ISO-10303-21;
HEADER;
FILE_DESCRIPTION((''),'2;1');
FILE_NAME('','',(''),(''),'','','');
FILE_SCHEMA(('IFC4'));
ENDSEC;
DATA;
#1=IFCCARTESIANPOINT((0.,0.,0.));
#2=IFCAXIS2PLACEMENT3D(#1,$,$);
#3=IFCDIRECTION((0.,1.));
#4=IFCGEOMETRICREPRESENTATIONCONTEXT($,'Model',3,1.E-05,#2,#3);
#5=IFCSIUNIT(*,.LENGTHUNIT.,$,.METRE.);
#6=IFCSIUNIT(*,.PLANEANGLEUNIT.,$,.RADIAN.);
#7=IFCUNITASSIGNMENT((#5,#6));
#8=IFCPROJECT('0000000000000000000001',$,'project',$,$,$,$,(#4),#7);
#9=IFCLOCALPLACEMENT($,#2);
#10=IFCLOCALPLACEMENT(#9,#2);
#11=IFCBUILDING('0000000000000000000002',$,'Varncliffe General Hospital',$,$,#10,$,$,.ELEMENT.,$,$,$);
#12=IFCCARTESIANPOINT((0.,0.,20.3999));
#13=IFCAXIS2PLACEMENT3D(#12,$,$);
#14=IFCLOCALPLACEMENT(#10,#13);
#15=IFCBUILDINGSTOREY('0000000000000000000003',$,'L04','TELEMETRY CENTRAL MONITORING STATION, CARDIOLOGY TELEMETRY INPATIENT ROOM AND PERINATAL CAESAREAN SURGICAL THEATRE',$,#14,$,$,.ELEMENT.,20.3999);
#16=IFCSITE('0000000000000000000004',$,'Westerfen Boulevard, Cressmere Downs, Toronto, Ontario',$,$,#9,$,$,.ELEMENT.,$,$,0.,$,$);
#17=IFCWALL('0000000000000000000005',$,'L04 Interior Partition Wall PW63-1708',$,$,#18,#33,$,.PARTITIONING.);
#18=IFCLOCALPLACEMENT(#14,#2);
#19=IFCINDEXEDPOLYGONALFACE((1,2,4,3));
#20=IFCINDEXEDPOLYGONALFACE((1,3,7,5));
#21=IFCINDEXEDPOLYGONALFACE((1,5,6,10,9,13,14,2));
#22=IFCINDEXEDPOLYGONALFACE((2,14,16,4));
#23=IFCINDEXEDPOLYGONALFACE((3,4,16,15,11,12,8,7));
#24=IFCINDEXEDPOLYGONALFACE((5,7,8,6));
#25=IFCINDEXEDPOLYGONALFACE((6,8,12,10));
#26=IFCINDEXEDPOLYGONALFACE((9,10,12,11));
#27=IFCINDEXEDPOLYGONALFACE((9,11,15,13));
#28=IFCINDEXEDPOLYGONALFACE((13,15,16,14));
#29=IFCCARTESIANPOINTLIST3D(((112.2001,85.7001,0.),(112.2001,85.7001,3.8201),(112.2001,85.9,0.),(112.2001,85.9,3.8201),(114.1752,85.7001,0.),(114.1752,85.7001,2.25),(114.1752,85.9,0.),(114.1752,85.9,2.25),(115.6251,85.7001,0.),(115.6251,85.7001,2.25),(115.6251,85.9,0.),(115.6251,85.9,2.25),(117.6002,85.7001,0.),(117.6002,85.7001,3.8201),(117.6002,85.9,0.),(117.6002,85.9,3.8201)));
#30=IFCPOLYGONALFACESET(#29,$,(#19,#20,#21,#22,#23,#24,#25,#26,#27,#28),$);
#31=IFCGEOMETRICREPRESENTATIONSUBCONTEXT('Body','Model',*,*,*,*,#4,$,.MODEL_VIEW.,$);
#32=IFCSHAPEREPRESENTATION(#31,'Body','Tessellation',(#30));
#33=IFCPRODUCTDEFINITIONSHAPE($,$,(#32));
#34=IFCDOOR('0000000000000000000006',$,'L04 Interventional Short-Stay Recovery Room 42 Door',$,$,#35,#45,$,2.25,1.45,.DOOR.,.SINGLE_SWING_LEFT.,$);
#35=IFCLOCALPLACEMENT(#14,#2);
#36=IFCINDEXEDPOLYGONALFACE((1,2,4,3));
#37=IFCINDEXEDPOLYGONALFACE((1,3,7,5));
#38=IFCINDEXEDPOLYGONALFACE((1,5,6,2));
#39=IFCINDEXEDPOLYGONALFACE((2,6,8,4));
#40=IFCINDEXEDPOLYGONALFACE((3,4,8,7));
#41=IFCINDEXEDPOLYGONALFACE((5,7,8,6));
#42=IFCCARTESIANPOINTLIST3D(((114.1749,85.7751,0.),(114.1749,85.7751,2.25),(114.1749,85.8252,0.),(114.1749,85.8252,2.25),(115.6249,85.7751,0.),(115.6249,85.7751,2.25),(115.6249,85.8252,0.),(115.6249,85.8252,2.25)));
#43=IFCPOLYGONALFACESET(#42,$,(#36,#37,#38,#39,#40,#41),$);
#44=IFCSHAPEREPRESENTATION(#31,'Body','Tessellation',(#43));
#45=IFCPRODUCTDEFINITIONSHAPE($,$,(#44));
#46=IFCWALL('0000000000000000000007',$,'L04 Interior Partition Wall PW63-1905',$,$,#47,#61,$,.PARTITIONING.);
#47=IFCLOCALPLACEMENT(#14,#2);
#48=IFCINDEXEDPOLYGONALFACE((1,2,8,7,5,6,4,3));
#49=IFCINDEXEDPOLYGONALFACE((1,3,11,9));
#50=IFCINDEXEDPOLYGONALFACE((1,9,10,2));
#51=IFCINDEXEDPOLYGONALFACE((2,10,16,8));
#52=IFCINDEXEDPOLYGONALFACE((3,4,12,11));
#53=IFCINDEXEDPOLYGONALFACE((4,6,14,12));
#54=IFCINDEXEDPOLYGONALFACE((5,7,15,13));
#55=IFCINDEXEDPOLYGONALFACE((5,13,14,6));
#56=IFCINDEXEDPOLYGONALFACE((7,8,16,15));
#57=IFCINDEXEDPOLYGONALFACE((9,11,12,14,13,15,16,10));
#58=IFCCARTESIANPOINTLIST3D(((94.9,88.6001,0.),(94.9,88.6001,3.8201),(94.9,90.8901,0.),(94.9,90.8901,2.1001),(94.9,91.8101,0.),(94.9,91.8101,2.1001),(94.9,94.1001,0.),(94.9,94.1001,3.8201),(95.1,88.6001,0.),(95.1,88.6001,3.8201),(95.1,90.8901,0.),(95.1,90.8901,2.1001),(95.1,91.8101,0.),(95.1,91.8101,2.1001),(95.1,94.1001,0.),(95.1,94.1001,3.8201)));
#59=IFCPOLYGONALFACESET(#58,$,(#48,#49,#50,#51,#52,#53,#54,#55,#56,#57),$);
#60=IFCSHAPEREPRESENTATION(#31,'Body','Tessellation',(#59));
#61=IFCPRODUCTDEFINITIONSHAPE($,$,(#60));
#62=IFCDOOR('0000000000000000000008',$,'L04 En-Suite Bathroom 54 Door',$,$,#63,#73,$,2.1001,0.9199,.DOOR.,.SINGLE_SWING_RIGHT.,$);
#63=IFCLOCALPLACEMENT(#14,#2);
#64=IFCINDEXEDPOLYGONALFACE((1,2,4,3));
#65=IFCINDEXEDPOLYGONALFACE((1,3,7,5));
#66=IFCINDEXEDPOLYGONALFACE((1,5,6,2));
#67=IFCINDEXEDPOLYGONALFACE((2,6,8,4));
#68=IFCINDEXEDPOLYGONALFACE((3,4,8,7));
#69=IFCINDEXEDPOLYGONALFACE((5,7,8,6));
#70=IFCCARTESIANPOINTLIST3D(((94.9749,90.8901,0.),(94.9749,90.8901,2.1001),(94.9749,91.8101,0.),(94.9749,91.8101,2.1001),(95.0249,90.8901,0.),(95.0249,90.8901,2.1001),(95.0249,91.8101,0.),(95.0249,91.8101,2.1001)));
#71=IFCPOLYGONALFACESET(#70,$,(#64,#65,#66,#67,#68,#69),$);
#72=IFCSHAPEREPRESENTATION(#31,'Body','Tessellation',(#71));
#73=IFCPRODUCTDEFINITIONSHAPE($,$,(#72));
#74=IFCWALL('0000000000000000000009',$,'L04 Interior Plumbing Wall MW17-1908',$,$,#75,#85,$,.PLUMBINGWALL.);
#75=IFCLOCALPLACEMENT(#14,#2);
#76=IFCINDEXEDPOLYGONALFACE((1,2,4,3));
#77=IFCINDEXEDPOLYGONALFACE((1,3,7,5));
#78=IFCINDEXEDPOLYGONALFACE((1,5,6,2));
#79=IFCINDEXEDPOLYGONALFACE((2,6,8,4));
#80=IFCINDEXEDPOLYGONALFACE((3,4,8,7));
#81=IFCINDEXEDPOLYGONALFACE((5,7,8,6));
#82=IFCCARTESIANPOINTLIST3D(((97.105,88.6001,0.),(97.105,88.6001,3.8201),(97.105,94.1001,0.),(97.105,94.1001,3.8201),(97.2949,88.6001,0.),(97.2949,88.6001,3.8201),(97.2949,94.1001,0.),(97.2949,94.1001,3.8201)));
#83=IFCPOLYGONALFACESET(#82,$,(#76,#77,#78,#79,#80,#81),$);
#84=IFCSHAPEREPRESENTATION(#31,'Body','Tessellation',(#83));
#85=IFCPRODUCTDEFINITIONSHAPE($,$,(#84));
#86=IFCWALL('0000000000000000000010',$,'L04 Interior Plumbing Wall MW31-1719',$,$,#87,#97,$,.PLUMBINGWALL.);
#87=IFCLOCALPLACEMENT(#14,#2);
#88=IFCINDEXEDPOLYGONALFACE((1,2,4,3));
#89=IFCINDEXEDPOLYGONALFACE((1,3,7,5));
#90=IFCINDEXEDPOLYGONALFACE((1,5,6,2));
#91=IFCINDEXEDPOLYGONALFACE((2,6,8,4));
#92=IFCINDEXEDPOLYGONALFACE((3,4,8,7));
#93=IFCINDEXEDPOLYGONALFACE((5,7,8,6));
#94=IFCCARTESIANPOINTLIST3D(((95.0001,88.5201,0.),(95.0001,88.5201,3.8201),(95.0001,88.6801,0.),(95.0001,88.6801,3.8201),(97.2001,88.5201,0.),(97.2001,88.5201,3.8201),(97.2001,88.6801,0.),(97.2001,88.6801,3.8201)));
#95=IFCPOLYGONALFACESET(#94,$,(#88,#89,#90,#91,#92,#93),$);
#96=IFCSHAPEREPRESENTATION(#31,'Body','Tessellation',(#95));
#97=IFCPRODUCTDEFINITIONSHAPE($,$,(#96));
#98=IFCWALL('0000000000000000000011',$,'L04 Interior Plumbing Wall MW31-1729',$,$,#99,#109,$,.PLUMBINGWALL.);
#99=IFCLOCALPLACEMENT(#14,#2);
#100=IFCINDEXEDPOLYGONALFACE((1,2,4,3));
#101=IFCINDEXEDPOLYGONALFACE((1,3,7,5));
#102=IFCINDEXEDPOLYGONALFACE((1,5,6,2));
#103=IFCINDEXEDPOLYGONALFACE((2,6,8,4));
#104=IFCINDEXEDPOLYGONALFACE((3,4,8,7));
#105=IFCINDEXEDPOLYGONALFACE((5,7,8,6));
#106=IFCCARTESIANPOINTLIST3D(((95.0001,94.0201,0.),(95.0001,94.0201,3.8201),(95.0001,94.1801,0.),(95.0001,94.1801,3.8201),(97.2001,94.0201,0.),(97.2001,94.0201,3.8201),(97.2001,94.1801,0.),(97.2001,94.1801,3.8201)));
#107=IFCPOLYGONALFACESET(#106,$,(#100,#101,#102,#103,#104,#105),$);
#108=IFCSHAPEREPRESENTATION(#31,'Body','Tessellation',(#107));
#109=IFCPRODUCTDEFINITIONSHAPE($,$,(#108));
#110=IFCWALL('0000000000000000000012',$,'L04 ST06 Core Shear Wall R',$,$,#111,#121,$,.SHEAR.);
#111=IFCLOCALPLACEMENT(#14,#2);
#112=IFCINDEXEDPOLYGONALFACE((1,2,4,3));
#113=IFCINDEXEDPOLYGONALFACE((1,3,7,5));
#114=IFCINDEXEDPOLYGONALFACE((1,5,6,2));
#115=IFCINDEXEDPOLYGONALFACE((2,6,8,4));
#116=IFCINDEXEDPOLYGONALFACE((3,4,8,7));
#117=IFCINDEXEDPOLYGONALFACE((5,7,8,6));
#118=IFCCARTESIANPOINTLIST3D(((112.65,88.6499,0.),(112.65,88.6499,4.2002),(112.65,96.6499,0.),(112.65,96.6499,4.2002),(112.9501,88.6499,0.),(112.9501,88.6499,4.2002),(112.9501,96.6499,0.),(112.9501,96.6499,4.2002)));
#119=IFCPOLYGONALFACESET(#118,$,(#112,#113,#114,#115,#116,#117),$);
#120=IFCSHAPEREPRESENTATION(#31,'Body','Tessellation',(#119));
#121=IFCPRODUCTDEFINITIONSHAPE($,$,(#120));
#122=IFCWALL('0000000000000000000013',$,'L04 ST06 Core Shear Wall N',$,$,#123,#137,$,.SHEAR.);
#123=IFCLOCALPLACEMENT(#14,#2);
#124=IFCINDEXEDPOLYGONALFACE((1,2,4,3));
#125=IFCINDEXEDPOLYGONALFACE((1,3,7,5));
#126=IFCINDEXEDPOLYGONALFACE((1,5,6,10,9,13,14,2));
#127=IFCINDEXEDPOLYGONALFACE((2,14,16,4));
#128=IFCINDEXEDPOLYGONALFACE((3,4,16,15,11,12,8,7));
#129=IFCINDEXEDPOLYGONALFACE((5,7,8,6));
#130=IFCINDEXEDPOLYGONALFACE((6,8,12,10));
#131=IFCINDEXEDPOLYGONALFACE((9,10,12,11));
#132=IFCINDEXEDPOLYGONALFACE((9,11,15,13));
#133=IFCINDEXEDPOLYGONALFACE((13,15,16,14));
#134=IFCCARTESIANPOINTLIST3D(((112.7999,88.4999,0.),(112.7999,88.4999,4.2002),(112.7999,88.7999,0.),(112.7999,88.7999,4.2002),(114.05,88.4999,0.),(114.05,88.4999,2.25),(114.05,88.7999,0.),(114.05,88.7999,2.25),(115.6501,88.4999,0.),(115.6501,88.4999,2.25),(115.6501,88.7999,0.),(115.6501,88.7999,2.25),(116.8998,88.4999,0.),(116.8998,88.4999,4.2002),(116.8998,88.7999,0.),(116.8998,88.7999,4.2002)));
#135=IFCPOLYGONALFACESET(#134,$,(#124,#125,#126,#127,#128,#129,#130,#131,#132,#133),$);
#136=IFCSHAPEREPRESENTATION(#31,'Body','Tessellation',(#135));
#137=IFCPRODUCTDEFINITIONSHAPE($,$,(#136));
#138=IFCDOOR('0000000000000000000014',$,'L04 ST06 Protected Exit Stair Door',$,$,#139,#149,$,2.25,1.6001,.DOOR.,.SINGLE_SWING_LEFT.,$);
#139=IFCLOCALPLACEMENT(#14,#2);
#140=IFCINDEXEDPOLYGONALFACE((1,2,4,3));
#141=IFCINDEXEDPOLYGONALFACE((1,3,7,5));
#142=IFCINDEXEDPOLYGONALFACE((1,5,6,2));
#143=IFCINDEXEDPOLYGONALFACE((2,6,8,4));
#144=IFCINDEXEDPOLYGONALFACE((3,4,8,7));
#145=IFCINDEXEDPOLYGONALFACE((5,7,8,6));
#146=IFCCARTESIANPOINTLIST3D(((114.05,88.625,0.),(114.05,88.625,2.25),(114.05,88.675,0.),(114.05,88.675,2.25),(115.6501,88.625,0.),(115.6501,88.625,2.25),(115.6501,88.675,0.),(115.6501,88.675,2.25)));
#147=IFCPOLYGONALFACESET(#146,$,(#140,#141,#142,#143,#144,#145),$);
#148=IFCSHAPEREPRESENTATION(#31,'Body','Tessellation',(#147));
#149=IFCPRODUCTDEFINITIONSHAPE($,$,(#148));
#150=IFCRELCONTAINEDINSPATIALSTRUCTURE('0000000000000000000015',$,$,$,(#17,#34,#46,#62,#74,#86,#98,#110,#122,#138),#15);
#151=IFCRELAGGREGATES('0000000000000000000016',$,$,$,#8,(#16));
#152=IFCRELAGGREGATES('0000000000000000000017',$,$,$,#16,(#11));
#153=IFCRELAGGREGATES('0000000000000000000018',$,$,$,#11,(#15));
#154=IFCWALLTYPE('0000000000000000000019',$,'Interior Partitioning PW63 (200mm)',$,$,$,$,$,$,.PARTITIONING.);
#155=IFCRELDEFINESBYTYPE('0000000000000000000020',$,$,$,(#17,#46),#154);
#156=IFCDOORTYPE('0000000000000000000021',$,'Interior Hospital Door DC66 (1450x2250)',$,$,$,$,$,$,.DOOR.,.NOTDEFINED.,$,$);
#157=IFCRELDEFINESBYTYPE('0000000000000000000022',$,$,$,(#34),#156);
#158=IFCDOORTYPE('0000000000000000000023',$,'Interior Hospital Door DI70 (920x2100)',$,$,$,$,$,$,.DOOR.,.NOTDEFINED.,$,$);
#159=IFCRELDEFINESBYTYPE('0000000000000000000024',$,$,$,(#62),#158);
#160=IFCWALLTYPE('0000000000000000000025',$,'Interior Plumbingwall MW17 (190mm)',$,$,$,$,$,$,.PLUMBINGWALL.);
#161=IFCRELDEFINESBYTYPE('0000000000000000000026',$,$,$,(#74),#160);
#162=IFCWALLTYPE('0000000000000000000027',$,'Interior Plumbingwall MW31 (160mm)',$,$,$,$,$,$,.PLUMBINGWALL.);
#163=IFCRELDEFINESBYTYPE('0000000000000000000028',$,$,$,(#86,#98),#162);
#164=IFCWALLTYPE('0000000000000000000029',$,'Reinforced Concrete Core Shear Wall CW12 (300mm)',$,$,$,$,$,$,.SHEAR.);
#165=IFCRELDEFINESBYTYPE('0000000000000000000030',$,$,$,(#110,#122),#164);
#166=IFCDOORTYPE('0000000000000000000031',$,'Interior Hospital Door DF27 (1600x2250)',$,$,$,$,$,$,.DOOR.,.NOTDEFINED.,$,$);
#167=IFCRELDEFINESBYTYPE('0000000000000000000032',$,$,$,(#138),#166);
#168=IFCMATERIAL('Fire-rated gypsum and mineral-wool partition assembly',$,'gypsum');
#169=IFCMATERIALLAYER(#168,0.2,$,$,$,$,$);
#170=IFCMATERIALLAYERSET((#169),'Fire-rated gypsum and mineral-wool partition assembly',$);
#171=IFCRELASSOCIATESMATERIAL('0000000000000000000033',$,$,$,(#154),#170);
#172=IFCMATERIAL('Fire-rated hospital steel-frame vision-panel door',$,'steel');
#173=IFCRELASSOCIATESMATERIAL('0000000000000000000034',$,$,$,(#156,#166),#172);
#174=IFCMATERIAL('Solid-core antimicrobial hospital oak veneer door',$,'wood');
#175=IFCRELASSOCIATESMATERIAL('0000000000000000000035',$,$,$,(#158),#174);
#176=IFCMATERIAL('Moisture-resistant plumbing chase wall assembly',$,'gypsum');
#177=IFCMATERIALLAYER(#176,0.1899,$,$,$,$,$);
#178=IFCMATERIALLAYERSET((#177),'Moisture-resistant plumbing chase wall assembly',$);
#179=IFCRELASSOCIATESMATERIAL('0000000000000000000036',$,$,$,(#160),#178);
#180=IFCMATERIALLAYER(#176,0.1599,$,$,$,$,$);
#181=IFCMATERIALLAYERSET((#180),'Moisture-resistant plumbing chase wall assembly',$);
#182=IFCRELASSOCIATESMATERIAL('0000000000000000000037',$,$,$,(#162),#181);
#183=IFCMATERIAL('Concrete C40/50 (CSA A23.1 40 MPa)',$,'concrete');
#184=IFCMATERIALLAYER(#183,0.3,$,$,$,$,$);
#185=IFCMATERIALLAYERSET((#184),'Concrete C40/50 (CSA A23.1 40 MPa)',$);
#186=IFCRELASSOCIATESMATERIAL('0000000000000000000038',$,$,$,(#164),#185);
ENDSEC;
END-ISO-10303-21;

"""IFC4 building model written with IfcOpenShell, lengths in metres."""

from ifc_helpers import new_model, si_unit, direction, frame, frame_2d, origin, place, context, subcontext, project, spatial, rectangle, extrude, material, layer, layer_set, type_object, element, fill, save


model = new_model("IFC4")

# Units and contexts
model_context = context("Model", 3, precision=1e-05, world=origin(), true_north=direction((0.0, 1.0)))
body_context = subcontext(model_context, "Body", "Model", "MODEL_VIEW")
ifc_project = project(units=[si_unit("LENGTHUNIT", "METRE"), si_unit("PLANEANGLEUNIT", "RADIAN")], contexts=[model_context])

# Site, building, storey
site_placement = place(None, origin())
site = spatial("IfcSite", under=ifc_project, at=site_placement, Name="Westerfen Boulevard, Cressmere Downs, Toronto, Ontario", CompositionType="ELEMENT", RefElevation=0.0)
building_placement = place(site_placement, origin())
building = spatial("IfcBuilding", under=site, at=building_placement, Name="Varncliffe General Hospital", CompositionType="ELEMENT")
storey_placement = place(building_placement, frame((0.0, 0.0, 20.3999)))
storey = spatial("IfcBuildingStorey", under=building, at=storey_placement, Name="L04", Description="TELEMETRY CENTRAL MONITORING STATION, CARDIOLOGY TELEMETRY INPATIENT ROOM AND PERINATAL CAESAREAN SURGICAL THEATRE", CompositionType="ELEMENT", Elevation=20.3999)

# Shared definitions
ifc_material_1 = material(Name="Concrete C40/50 (CSA A23.1 40 MPa)", Category="concrete")

# Walls, openings, doors
ifc_material_2 = material(Name="Fire-rated gypsum and mineral-wool partition assembly", Category="gypsum")
ifc_layer_1 = layer(ifc_material_2, 0.2)
ifc_layer_set_1 = layer_set([ifc_layer_1], Name="Fire-rated gypsum and mineral-wool partition assembly")
wall_type_1 = type_object("IfcWallType", Name="Interior Partitioning PW63 (200mm)", PredefinedType="PARTITIONING", material=ifc_layer_set_1)
wall_1_placement = place(storey_placement, frame((112.2, 85.8, 0.0), z_axis=(0.0, 0.0, 1.0), x_axis=(1.0, 0.0, 0.0)))
wall_1 = element("IfcWall", 1, at=wall_1_placement, inside=storey, type_object=wall_type_1, Name="L04 Interior Partition Wall PW63-1708", PredefinedType="PARTITIONING", context=body_context, shape_type="SweptSolid", body=[
    extrude(rectangle(XDim=5.4001, YDim=0.2, at=frame_2d((2.7002, 0.0))), origin(), (0.0, 0.0, 1.0), 3.8201),
])
opening_1_placement = place(wall_1_placement, frame((1.9751, 0.0, 0.0)))
opening_1 = element("IfcOpeningElement", 2, at=opening_1_placement, cuts=wall_1, PredefinedType="OPENING", context=body_context, shape_type="SweptSolid", body=[
    extrude(rectangle(XDim=1.45, YDim=2.25, at=frame_2d((0.7251, 1.125))), frame((0.0, 0.1099, 0.0), z_axis=(0.0, -1.0, 0.0), x_axis=(1.0, 0.0, 0.0)), (0.0, 0.0, 1.0), 0.22),
])
ifc_material_3 = material(Name="Fire-rated hospital steel-frame vision-panel door", Category="steel")
door_type_1 = type_object("IfcDoorType", Name="Interior Hospital Door DC66 (1450x2250)", OperationType="NOTDEFINED", PredefinedType="DOOR", material=ifc_material_3)
door_1_placement = place(opening_1_placement, frame((1.45, 0.0, 0.0), z_axis=(0.0, 0.0, 1.0), x_axis=(-1.0, 0.0, 0.0)))
door_1 = element("IfcDoor", 3, at=door_1_placement, inside=storey, type_object=door_type_1, Name="L04 Interventional Short-Stay Recovery Room 42 Door", OperationType="SINGLE_SWING_LEFT", OverallHeight=2.25, OverallWidth=1.45, PredefinedType="DOOR", context=body_context, shape_type="SweptSolid", body=[
    extrude(rectangle(XDim=1.45, YDim=2.25, at=frame_2d((0.7251, 1.125))), frame((0.0, 0.0249, 0.0), z_axis=(0.0, -1.0, 0.0), x_axis=(1.0, 0.0, 0.0)), (0.0, 0.0, 1.0), 0.05),
])
fill(opening_1, door_1)
wall_2_placement = place(storey_placement, frame((95.0, 88.6001, 0.0), z_axis=(0.0, 0.0, 1.0), x_axis=(0.0, 1.0, 0.0)))
wall_2 = element("IfcWall", 4, at=wall_2_placement, inside=storey, type_object=wall_type_1, Name="L04 Interior Partition Wall PW63-1905", PredefinedType="PARTITIONING", context=body_context, shape_type="SweptSolid", body=[
    extrude(rectangle(XDim=5.5, YDim=0.2, at=frame_2d((2.75, 0.0))), origin(), (0.0, 0.0, 1.0), 3.8201),
])
opening_2_placement = place(wall_2_placement, frame((2.29, 0.0, 0.0)))
opening_2 = element("IfcOpeningElement", 5, at=opening_2_placement, cuts=wall_2, PredefinedType="OPENING", context=body_context, shape_type="SweptSolid", body=[
    extrude(rectangle(XDim=0.9199, YDim=2.1001, at=frame_2d((0.46, 1.05))), frame((0.0, 0.1099, 0.0), z_axis=(0.0, -1.0, 0.0), x_axis=(1.0, 0.0, 0.0)), (0.0, 0.0, 1.0), 0.22),
])
ifc_material_4 = material(Name="Solid-core antimicrobial hospital oak veneer door", Category="wood")
door_type_2 = type_object("IfcDoorType", Name="Interior Hospital Door DI70 (920x2100)", OperationType="NOTDEFINED", PredefinedType="DOOR", material=ifc_material_4)
door_2_placement = place(opening_2_placement, frame((0.9199, 0.0, 0.0), z_axis=(0.0, 0.0, 1.0), x_axis=(-1.0, 0.0, 0.0)))
door_2 = element("IfcDoor", 6, at=door_2_placement, inside=storey, type_object=door_type_2, Name="L04 En-Suite Bathroom 54 Door", OperationType="SINGLE_SWING_RIGHT", OverallHeight=2.1001, OverallWidth=0.9199, PredefinedType="DOOR", context=body_context, shape_type="SweptSolid", body=[
    extrude(rectangle(XDim=0.9199, YDim=2.1001, at=frame_2d((0.46, 1.05))), frame((0.0, 0.0249, 0.0), z_axis=(0.0, -1.0, 0.0), x_axis=(1.0, 0.0, 0.0)), (0.0, 0.0, 1.0), 0.05),
])
fill(opening_2, door_2)

# Walls
ifc_material_5 = material(Name="Moisture-resistant plumbing chase wall assembly", Category="gypsum")
ifc_layer_2 = layer(ifc_material_5, 0.1899)
ifc_layer_set_2 = layer_set([ifc_layer_2], Name="Moisture-resistant plumbing chase wall assembly")
wall_type_2 = type_object("IfcWallType", Name="Interior Plumbingwall MW17 (190mm)", PredefinedType="PLUMBINGWALL", material=ifc_layer_set_2)
wall_3_placement = place(storey_placement, frame((97.2, 88.6001, 0.0), z_axis=(0.0, 0.0, 1.0), x_axis=(0.0, 1.0, 0.0)))
element("IfcWall", 7, at=wall_3_placement, inside=storey, type_object=wall_type_2, Name="L04 Interior Plumbing Wall MW17-1908", PredefinedType="PLUMBINGWALL", context=body_context, shape_type="SweptSolid", body=[
    extrude(rectangle(XDim=5.5, YDim=0.1899, at=frame_2d((2.75, 0.0))), origin(), (0.0, 0.0, 1.0), 3.8201),
])
ifc_layer_3 = layer(ifc_material_5, 0.1599)
ifc_layer_set_3 = layer_set([ifc_layer_3], Name="Moisture-resistant plumbing chase wall assembly")
wall_type_3 = type_object("IfcWallType", Name="Interior Plumbingwall MW31 (160mm)", PredefinedType="PLUMBINGWALL", material=ifc_layer_set_3)
for number, where, z_axis, x_axis, name in (
    (8, (95.0, 88.6001, 0.0), (0.0, 0.0, 1.0), (1.0, 0.0, 0.0), "L04 Interior Plumbing Wall MW31-1719"),
    (9, (95.0, 94.1001, 0.0), (0.0, 0.0, 1.0), (1.0, 0.0, 0.0), "L04 Interior Plumbing Wall MW31-1729"),
):
    element("IfcWall", number, at=place(storey_placement, frame(where, z_axis=z_axis, x_axis=x_axis)), inside=storey, type_object=wall_type_3, Name=name, PredefinedType="PLUMBINGWALL", context=body_context, shape_type="SweptSolid", body=[
        extrude(rectangle(XDim=2.2, YDim=0.1599, at=frame_2d((1.1001, 0.0))), origin(), (0.0, 0.0, 1.0), 3.8201),
    ])
ifc_layer_4 = layer(ifc_material_1, 0.3)
ifc_layer_set_4 = layer_set([ifc_layer_4], Name="Concrete C40/50 (CSA A23.1 40 MPa)")
wall_type_4 = type_object("IfcWallType", Name="Reinforced Concrete Core Shear Wall CW12 (300mm)", PredefinedType="SHEAR", material=ifc_layer_set_4)
wall_4_placement = place(storey_placement, frame((112.8, 96.6499, 0.0), z_axis=(0.0, 0.0, 1.0), x_axis=(0.0, -1.0, 0.0)))
element("IfcWall", 10, at=wall_4_placement, inside=storey, type_object=wall_type_4, Name="L04 ST06 Core Shear Wall R", PredefinedType="SHEAR", context=body_context, shape_type="SweptSolid", body=[
    extrude(rectangle(XDim=8.0, YDim=0.3, at=frame_2d((4.0, 0.0))), origin(), (0.0, 0.0, 1.0), 4.2002),
])

# Wall, opening, door
wall_5_placement = place(storey_placement, frame((112.8, 88.6499, 0.0), z_axis=(0.0, 0.0, 1.0), x_axis=(1.0, 0.0, 0.0)))
wall_5 = element("IfcWall", 11, at=wall_5_placement, inside=storey, type_object=wall_type_4, Name="L04 ST06 Core Shear Wall N", PredefinedType="SHEAR", context=body_context, shape_type="SweptSolid", body=[
    extrude(rectangle(XDim=4.0999, YDim=0.3, at=frame_2d((2.0498, 0.0))), origin(), (0.0, 0.0, 1.0), 4.2002),
])
opening_3_placement = place(wall_5_placement, frame((1.25, 0.0, 0.0)))
opening_3 = element("IfcOpeningElement", 12, at=opening_3_placement, cuts=wall_5, PredefinedType="OPENING", context=body_context, shape_type="SweptSolid", body=[
    extrude(rectangle(XDim=1.6001, YDim=2.25, at=frame_2d((0.8, 1.125))), frame((0.0, 0.1602, 0.0), z_axis=(0.0, -1.0, 0.0), x_axis=(1.0, 0.0, 0.0)), (0.0, 0.0, 1.0), 0.3201),
])
door_type_3 = type_object("IfcDoorType", Name="Interior Hospital Door DF27 (1600x2250)", OperationType="NOTDEFINED", PredefinedType="DOOR", material=ifc_material_3)
door_3_placement = place(opening_3_placement, frame((1.6001, 0.0, 0.0), z_axis=(0.0, 0.0, 1.0), x_axis=(-1.0, 0.0, 0.0)))
door_3 = element("IfcDoor", 13, at=door_3_placement, inside=storey, type_object=door_type_3, Name="L04 ST06 Protected Exit Stair Door", OperationType="SINGLE_SWING_LEFT", OverallHeight=2.25, OverallWidth=1.6001, PredefinedType="DOOR", context=body_context, shape_type="SweptSolid", body=[
    extrude(rectangle(XDim=1.6001, YDim=2.25, at=frame_2d((0.8, 1.125))), frame((0.0, 0.0249, 0.0), z_axis=(0.0, -1.0, 0.0), x_axis=(1.0, 0.0, 0.0)), (0.0, 0.0, 1.0), 0.05),
])
fill(opening_3, door_3)

save(model, "model.ifc")
